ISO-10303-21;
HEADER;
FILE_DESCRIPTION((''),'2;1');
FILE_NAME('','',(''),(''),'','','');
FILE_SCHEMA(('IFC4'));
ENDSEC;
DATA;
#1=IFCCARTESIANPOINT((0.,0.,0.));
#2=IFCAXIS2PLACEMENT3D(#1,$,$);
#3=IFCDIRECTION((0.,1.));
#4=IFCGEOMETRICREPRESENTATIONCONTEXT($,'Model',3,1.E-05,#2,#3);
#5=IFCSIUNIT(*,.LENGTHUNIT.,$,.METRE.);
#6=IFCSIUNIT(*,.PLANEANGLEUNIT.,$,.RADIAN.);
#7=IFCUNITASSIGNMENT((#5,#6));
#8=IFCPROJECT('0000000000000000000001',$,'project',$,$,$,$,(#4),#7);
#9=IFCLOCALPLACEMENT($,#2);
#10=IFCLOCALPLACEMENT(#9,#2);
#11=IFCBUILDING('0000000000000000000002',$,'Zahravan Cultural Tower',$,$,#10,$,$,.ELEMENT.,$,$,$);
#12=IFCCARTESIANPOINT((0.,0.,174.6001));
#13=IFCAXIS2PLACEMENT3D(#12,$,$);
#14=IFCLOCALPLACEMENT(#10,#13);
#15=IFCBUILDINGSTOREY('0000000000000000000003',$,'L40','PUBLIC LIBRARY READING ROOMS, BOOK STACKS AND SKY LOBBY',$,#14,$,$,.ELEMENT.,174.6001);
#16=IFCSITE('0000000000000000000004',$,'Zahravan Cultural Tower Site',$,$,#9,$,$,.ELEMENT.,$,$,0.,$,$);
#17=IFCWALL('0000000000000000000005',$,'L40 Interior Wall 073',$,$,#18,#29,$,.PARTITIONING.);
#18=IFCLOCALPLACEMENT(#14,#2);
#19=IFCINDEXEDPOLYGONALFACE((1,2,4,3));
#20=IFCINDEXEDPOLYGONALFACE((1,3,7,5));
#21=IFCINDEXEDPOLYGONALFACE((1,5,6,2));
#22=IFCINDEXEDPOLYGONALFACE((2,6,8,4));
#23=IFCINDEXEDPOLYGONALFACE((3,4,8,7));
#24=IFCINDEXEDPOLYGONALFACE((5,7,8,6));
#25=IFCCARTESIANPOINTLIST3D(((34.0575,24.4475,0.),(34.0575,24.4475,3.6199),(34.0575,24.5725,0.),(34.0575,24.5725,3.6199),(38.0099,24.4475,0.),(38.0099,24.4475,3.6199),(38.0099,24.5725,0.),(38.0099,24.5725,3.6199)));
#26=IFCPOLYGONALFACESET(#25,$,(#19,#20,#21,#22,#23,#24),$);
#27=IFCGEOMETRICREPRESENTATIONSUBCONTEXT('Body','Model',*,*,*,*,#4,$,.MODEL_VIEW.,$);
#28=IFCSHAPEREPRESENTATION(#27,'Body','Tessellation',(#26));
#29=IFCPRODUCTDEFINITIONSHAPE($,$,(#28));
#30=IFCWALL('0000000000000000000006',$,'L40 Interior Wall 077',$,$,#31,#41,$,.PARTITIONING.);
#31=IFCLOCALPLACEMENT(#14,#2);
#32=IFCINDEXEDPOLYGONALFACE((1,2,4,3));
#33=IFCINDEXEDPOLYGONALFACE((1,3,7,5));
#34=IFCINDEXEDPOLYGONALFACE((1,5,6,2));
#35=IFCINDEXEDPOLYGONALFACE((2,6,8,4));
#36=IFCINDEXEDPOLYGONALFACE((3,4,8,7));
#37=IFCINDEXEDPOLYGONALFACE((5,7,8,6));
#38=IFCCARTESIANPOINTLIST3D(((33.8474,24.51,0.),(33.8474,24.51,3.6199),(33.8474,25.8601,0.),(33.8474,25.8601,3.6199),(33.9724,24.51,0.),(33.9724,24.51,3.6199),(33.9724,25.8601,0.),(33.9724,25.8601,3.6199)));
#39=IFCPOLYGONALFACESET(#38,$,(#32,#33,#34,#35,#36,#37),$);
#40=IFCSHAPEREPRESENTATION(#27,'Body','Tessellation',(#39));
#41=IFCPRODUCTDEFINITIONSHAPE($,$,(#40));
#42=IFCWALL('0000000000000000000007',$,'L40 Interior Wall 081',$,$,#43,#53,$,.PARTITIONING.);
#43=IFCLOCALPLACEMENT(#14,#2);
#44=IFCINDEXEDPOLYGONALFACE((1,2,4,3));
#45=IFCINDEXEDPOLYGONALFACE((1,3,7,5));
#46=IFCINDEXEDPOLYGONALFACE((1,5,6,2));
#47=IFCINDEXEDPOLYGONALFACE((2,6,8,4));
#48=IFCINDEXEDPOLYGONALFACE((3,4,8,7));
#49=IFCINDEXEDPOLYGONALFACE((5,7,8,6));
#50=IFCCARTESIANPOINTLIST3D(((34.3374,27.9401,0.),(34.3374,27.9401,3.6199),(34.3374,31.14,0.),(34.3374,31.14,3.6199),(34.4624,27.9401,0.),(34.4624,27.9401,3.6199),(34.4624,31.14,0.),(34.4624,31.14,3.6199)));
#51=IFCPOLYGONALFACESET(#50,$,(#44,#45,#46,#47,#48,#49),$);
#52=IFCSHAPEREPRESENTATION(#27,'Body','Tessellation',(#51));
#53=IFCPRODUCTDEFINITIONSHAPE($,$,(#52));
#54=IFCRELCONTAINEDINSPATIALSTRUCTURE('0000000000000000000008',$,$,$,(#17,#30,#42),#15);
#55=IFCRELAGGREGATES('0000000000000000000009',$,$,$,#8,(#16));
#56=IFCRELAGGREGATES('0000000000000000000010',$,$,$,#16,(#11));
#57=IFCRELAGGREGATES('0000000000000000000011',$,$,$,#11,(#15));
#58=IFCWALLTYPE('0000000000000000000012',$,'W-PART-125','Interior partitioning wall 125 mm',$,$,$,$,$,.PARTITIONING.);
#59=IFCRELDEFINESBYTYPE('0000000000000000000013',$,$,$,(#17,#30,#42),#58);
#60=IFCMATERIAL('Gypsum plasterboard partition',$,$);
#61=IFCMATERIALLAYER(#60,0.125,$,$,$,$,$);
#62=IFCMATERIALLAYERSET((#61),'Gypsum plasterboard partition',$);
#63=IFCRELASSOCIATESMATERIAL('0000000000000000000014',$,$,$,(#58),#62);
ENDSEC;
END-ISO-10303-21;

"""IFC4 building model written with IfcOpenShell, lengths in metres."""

from ifc_helpers import new_model, si_unit, direction, frame, frame_2d, origin, place, context, subcontext, project, spatial, rectangle, extrude, source, transform, mapped, material, layer, layer_set, type_object, element, save


model = new_model("IFC4")

# Units and contexts
model_context = context("Model", 3, precision=1e-05, world=origin(), true_north=direction((0.0, 1.0)))
body_context = subcontext(model_context, "Body", "Model", "MODEL_VIEW")
ifc_project = project(units=[si_unit("LENGTHUNIT", "METRE"), si_unit("PLANEANGLEUNIT", "RADIAN")], contexts=[model_context])

# Site, building, storey
site_placement = place(None, origin())
site = spatial("IfcSite", under=ifc_project, at=site_placement, Name="Zahravan Cultural Tower Site", CompositionType="ELEMENT", RefElevation=0.0)
building_placement = place(site_placement, origin())
building = spatial("IfcBuilding", under=site, at=building_placement, Name="Zahravan Cultural Tower", CompositionType="ELEMENT")
storey_placement = place(building_placement, frame((0.0, 0.0, 174.6001)))
storey = spatial("IfcBuildingStorey", under=building, at=storey_placement, Name="L40", Description="PUBLIC LIBRARY READING ROOMS, BOOK STACKS AND SKY LOBBY", CompositionType="ELEMENT", Elevation=174.6001)

# Shared definitions
ifc_material_1 = material(Name="Gypsum plasterboard partition")
ifc_layer_1 = layer(ifc_material_1, 0.125)
ifc_layer_set_1 = layer_set([ifc_layer_1], Name="Gypsum plasterboard partition")
wall_type_1 = type_object("IfcWallType", Name="W-PART-125", Description="Interior partitioning wall 125 mm", PredefinedType="PARTITIONING", material=ifc_layer_set_1)

# Walls
shared_shape_1 = source(origin(), body_context, "Body", "SweptSolid", [
    extrude(rectangle(XDim=3.9524, YDim=0.125, at=frame_2d((1.9761, 0.0))), origin(), (0.0, 0.0, 1.0), 3.6199),
])
wall_1_placement = place(storey_placement, frame((34.0576, 24.51, 0.0), z_axis=(0.0, 0.0, 1.0), x_axis=(1.0, 0.0, 0.0)))
element("IfcWall", 1, at=wall_1_placement, inside=storey, type_object=wall_type_1, Name="L40 Interior Wall 073", PredefinedType="PARTITIONING", context=body_context, shape_type="MappedRepresentation", body=[
    mapped(shared_shape_1, transform((0.0, 0.0, 0.0), x_axis=(1.0, 0.0, 0.0), y_axis=(0.0, 1.0, 0.0), z_axis=(0.0, 0.0, 1.0), scale=1.0)),
])
shared_shape_2 = source(origin(), body_context, "Body", "SweptSolid", [
    extrude(rectangle(XDim=1.3501, YDim=0.125, at=frame_2d((0.675, 0.0))), origin(), (0.0, 0.0, 1.0), 3.6199),
])
wall_2_placement = place(storey_placement, frame((33.9099, 25.8601, 0.0), z_axis=(0.0, 0.0, 1.0), x_axis=(0.0, -1.0, 0.0)))
element("IfcWall", 2, at=wall_2_placement, inside=storey, type_object=wall_type_1, Name="L40 Interior Wall 077", PredefinedType="PARTITIONING", context=body_context, shape_type="MappedRepresentation", body=[
    mapped(shared_shape_2, transform((0.0, 0.0, 0.0), x_axis=(1.0, 0.0, 0.0), y_axis=(0.0, 1.0, 0.0), z_axis=(0.0, 0.0, 1.0), scale=1.0)),
])
shared_shape_3 = source(origin(), body_context, "Body", "SweptSolid", [
    extrude(rectangle(XDim=3.2, YDim=0.125, at=frame_2d((1.6001, 0.0))), origin(), (0.0, 0.0, 1.0), 3.6199),
])
wall_3_placement = place(storey_placement, frame((34.3999, 27.9399, 0.0), z_axis=(0.0, 0.0, 1.0), x_axis=(0.0, 1.0, 0.0)))
element("IfcWall", 3, at=wall_3_placement, inside=storey, type_object=wall_type_1, Name="L40 Interior Wall 081", PredefinedType="PARTITIONING", context=body_context, shape_type="MappedRepresentation", body=[
    mapped(shared_shape_3, transform((0.0, 0.0, 0.0), x_axis=(1.0, 0.0, 0.0), y_axis=(0.0, 1.0, 0.0), z_axis=(0.0, 0.0, 1.0), scale=1.0)),
])

save(model, "model.ifc")
